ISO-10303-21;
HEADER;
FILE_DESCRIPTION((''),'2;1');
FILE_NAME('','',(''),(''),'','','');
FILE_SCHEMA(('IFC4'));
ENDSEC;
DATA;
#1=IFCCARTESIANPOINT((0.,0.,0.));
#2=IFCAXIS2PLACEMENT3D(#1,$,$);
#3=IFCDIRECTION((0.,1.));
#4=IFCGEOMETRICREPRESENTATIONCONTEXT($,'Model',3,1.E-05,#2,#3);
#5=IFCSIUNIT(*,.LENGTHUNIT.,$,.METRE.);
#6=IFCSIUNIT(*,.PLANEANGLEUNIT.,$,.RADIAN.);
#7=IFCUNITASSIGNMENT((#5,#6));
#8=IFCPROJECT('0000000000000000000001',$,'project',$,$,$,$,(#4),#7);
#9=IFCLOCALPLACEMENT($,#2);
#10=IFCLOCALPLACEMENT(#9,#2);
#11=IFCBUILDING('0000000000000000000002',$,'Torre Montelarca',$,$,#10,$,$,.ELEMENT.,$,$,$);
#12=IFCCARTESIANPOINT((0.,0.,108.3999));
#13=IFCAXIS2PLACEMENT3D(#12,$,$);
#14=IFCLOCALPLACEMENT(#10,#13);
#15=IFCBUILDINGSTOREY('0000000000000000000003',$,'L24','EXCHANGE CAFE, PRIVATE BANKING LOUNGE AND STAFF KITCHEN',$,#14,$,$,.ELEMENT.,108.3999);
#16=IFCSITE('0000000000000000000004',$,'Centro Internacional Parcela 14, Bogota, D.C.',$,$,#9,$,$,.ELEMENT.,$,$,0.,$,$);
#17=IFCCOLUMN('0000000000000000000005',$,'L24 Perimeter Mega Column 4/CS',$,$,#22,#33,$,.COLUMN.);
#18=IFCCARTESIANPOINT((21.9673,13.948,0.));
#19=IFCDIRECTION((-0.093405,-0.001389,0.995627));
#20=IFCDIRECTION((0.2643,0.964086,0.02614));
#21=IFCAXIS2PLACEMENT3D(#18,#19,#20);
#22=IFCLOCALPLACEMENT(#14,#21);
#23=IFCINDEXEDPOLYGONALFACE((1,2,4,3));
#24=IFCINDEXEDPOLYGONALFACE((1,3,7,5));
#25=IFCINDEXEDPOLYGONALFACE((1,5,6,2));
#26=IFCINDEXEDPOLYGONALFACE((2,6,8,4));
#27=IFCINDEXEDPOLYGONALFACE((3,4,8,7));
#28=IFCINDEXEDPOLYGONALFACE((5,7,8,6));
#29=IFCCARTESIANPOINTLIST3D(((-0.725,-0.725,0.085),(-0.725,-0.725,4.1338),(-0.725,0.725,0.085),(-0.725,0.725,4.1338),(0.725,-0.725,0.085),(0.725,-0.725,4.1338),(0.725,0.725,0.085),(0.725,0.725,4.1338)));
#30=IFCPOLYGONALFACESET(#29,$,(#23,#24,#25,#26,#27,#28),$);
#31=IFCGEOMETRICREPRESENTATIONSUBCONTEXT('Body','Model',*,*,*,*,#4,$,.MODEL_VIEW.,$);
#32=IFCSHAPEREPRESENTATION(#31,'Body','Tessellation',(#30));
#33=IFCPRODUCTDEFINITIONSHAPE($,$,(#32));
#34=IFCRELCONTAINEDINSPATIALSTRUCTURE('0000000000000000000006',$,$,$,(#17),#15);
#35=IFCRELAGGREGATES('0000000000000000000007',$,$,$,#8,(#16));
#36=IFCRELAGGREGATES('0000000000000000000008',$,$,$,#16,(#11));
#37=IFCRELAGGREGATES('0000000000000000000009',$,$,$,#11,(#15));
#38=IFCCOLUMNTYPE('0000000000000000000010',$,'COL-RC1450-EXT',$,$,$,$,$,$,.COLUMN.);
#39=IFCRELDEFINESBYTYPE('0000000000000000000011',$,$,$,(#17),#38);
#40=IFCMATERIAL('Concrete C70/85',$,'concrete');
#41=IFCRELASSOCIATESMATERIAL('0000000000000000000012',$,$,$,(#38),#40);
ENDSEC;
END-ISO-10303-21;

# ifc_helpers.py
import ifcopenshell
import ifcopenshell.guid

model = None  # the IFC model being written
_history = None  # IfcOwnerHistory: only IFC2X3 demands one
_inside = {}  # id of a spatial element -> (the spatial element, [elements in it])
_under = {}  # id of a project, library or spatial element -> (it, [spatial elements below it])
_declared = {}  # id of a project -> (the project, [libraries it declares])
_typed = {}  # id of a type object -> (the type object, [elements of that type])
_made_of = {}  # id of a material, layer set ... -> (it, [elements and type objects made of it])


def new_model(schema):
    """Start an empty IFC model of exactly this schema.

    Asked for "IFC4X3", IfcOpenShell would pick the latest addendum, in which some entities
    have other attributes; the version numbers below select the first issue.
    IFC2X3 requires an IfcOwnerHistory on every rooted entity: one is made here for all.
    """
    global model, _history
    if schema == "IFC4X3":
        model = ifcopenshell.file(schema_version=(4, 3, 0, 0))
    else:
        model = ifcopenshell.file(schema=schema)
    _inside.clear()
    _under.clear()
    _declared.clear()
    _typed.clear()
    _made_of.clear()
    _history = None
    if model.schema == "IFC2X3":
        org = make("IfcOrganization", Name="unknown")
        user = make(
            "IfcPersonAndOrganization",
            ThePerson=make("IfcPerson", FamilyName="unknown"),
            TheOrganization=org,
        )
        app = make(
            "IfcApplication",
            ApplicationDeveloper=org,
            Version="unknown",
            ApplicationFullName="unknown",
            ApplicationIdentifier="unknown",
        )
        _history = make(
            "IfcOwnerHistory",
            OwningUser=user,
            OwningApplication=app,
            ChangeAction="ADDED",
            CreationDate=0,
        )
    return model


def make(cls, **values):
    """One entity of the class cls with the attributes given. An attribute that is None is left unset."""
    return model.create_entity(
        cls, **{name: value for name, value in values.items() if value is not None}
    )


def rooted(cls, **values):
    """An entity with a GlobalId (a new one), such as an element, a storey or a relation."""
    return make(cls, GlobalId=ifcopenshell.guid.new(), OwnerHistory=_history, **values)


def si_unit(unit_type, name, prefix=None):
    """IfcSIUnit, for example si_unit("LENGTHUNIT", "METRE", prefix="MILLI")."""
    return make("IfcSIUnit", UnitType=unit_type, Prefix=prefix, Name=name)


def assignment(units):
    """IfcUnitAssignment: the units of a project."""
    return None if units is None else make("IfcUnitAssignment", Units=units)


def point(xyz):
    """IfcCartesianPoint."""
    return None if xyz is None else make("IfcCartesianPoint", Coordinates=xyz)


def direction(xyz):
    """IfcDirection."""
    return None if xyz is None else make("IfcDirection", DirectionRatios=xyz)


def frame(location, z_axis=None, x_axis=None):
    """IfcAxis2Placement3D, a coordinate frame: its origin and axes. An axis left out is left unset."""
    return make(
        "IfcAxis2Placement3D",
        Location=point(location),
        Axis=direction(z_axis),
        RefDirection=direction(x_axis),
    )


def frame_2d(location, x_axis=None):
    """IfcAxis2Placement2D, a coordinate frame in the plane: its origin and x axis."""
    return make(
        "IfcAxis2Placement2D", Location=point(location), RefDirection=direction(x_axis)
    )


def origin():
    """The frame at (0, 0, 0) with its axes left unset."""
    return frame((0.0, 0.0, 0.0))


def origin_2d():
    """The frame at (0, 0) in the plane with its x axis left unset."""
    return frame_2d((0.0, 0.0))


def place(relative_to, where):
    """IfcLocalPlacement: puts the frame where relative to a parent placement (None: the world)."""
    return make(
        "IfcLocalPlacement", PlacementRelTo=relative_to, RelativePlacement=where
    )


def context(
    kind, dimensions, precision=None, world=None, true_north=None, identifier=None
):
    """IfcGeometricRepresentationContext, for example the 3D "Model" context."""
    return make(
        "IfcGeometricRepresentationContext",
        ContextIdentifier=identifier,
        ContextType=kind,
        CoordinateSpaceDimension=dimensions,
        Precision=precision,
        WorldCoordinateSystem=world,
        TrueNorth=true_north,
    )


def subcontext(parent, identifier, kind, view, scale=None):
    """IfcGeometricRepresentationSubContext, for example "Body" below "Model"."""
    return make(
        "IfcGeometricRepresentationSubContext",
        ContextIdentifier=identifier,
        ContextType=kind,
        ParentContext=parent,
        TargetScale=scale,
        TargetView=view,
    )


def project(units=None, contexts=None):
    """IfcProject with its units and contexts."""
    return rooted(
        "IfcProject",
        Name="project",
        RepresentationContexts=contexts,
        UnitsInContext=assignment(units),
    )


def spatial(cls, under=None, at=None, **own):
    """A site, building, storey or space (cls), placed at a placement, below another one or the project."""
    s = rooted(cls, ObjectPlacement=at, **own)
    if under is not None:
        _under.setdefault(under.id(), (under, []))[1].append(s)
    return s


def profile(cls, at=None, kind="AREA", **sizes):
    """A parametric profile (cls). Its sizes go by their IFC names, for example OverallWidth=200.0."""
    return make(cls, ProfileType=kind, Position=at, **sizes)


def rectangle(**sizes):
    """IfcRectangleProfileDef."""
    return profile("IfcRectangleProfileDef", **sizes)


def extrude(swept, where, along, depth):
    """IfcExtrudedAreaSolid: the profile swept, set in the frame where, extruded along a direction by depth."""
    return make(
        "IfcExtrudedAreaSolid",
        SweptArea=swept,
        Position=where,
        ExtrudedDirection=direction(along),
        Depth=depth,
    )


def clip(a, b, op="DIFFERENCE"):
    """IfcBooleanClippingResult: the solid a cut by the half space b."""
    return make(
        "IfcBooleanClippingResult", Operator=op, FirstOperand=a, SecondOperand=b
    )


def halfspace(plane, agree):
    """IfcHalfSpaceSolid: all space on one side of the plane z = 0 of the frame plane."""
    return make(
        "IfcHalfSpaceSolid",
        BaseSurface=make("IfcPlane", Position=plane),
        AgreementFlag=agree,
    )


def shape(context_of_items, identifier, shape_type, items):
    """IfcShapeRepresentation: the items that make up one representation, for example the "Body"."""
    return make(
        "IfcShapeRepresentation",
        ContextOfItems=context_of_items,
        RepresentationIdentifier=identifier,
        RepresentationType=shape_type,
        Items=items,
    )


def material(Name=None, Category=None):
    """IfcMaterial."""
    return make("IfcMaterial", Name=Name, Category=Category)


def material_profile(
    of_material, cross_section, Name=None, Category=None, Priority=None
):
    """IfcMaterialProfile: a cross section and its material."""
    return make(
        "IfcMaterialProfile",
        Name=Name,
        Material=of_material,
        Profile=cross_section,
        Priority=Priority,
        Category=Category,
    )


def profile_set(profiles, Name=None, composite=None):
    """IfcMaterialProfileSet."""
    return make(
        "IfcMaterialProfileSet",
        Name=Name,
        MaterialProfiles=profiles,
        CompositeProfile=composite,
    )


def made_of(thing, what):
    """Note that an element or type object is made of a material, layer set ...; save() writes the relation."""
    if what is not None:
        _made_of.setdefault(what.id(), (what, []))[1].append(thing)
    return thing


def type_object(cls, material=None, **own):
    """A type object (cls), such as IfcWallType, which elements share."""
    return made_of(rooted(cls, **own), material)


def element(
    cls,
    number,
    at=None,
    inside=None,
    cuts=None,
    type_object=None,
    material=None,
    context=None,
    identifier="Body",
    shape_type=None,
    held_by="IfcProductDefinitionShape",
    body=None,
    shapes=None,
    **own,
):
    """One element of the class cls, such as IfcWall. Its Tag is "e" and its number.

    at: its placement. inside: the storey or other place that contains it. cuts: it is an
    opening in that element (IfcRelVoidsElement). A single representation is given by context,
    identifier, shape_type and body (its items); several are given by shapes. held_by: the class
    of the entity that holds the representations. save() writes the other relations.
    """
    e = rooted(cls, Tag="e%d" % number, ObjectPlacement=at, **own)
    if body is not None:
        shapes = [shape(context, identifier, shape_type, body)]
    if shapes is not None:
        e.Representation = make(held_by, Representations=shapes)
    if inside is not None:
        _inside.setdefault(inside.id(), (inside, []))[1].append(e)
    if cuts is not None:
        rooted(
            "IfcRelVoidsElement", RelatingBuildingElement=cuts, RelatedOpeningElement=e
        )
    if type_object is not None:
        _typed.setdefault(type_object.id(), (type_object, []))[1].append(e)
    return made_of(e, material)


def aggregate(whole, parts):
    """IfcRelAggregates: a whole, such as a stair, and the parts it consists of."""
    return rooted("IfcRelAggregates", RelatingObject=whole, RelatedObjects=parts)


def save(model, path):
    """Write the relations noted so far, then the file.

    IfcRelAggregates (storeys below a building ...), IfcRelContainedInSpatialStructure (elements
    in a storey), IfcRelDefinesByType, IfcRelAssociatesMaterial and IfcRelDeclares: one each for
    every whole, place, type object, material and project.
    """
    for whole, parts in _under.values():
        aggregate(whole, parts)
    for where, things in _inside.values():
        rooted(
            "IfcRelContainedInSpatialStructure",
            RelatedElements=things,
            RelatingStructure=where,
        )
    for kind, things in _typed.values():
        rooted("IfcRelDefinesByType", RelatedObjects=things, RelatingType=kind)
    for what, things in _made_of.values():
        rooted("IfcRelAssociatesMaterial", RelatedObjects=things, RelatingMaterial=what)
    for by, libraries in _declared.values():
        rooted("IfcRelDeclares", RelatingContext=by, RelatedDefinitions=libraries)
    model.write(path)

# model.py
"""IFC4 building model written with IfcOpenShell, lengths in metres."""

from ifc_helpers import new_model, si_unit, direction, frame, origin, origin_2d, place, context, subcontext, project, spatial, rectangle, extrude, clip, halfspace, material, material_profile, profile_set, type_object, element, save


model = new_model("IFC4")

# Units and contexts
model_context = context("Model", 3, precision=1e-05, world=origin(), true_north=direction((0.0, 1.0)))
body_context = subcontext(model_context, "Body", "Model", "MODEL_VIEW")
ifc_project = project(units=[si_unit("LENGTHUNIT", "METRE"), si_unit("PLANEANGLEUNIT", "RADIAN")], contexts=[model_context])

# Site, building, storey
site_placement = place(None, origin())
site = spatial("IfcSite", under=ifc_project, at=site_placement, Name="Centro Internacional Parcela 14, Bogota, D.C.", CompositionType="ELEMENT", RefElevation=0.0)
building_placement = place(site_placement, origin())
building = spatial("IfcBuilding", under=site, at=building_placement, Name="Torre Montelarca", CompositionType="ELEMENT")
storey_placement = place(building_placement, frame((0.0, 0.0, 108.3999)))
storey = spatial("IfcBuildingStorey", under=building, at=storey_placement, Name="L24", Description="EXCHANGE CAFE, PRIVATE BANKING LOUNGE AND STAFF KITCHEN", CompositionType="ELEMENT", Elevation=108.3999)

# Column
ifc_material_1 = material(Name="Concrete C70/85", Category="concrete")
ifc_material_profile_1 = material_profile(ifc_material_1, rectangle(XDim=1.45, YDim=1.45, at=origin_2d()), Name="RC1450X1450", Category="concrete")
ifc_profile_set_1 = profile_set([ifc_material_profile_1], Name="Concrete C70/85")
column_type = type_object("IfcColumnType", Name="COL-RC1450-EXT", PredefinedType="COLUMN", material=ifc_profile_set_1)
column_placement = place(storey_placement, frame((21.9673, 13.948, 0.0), z_axis=(-0.093405, -0.001389, 0.995627), x_axis=(0.2643, 0.964086, 0.02614)))
element("IfcColumn", 1, at=column_placement, inside=storey, type_object=column_type, Name="L24 Perimeter Mega Column 4/CS", PredefinedType="COLUMN", context=body_context, shape_type="Clipping", body=[
    clip(clip(extrude(rectangle(XDim=1.45, YDim=1.45, at=origin_2d()), origin(), (0.0, 0.0, 1.0), 4.2188), halfspace(frame((0.0, 0.0, 0.085), z_axis=(0.0, 0.0, -1.0), x_axis=(1.0, 0.0, 0.0)), False)), halfspace(frame((0.0, 0.0, 4.1338), z_axis=(0.0, 0.0, 1.0), x_axis=(1.0, 0.0, 0.0)), False)),
])

save(model, "model.ifc")
